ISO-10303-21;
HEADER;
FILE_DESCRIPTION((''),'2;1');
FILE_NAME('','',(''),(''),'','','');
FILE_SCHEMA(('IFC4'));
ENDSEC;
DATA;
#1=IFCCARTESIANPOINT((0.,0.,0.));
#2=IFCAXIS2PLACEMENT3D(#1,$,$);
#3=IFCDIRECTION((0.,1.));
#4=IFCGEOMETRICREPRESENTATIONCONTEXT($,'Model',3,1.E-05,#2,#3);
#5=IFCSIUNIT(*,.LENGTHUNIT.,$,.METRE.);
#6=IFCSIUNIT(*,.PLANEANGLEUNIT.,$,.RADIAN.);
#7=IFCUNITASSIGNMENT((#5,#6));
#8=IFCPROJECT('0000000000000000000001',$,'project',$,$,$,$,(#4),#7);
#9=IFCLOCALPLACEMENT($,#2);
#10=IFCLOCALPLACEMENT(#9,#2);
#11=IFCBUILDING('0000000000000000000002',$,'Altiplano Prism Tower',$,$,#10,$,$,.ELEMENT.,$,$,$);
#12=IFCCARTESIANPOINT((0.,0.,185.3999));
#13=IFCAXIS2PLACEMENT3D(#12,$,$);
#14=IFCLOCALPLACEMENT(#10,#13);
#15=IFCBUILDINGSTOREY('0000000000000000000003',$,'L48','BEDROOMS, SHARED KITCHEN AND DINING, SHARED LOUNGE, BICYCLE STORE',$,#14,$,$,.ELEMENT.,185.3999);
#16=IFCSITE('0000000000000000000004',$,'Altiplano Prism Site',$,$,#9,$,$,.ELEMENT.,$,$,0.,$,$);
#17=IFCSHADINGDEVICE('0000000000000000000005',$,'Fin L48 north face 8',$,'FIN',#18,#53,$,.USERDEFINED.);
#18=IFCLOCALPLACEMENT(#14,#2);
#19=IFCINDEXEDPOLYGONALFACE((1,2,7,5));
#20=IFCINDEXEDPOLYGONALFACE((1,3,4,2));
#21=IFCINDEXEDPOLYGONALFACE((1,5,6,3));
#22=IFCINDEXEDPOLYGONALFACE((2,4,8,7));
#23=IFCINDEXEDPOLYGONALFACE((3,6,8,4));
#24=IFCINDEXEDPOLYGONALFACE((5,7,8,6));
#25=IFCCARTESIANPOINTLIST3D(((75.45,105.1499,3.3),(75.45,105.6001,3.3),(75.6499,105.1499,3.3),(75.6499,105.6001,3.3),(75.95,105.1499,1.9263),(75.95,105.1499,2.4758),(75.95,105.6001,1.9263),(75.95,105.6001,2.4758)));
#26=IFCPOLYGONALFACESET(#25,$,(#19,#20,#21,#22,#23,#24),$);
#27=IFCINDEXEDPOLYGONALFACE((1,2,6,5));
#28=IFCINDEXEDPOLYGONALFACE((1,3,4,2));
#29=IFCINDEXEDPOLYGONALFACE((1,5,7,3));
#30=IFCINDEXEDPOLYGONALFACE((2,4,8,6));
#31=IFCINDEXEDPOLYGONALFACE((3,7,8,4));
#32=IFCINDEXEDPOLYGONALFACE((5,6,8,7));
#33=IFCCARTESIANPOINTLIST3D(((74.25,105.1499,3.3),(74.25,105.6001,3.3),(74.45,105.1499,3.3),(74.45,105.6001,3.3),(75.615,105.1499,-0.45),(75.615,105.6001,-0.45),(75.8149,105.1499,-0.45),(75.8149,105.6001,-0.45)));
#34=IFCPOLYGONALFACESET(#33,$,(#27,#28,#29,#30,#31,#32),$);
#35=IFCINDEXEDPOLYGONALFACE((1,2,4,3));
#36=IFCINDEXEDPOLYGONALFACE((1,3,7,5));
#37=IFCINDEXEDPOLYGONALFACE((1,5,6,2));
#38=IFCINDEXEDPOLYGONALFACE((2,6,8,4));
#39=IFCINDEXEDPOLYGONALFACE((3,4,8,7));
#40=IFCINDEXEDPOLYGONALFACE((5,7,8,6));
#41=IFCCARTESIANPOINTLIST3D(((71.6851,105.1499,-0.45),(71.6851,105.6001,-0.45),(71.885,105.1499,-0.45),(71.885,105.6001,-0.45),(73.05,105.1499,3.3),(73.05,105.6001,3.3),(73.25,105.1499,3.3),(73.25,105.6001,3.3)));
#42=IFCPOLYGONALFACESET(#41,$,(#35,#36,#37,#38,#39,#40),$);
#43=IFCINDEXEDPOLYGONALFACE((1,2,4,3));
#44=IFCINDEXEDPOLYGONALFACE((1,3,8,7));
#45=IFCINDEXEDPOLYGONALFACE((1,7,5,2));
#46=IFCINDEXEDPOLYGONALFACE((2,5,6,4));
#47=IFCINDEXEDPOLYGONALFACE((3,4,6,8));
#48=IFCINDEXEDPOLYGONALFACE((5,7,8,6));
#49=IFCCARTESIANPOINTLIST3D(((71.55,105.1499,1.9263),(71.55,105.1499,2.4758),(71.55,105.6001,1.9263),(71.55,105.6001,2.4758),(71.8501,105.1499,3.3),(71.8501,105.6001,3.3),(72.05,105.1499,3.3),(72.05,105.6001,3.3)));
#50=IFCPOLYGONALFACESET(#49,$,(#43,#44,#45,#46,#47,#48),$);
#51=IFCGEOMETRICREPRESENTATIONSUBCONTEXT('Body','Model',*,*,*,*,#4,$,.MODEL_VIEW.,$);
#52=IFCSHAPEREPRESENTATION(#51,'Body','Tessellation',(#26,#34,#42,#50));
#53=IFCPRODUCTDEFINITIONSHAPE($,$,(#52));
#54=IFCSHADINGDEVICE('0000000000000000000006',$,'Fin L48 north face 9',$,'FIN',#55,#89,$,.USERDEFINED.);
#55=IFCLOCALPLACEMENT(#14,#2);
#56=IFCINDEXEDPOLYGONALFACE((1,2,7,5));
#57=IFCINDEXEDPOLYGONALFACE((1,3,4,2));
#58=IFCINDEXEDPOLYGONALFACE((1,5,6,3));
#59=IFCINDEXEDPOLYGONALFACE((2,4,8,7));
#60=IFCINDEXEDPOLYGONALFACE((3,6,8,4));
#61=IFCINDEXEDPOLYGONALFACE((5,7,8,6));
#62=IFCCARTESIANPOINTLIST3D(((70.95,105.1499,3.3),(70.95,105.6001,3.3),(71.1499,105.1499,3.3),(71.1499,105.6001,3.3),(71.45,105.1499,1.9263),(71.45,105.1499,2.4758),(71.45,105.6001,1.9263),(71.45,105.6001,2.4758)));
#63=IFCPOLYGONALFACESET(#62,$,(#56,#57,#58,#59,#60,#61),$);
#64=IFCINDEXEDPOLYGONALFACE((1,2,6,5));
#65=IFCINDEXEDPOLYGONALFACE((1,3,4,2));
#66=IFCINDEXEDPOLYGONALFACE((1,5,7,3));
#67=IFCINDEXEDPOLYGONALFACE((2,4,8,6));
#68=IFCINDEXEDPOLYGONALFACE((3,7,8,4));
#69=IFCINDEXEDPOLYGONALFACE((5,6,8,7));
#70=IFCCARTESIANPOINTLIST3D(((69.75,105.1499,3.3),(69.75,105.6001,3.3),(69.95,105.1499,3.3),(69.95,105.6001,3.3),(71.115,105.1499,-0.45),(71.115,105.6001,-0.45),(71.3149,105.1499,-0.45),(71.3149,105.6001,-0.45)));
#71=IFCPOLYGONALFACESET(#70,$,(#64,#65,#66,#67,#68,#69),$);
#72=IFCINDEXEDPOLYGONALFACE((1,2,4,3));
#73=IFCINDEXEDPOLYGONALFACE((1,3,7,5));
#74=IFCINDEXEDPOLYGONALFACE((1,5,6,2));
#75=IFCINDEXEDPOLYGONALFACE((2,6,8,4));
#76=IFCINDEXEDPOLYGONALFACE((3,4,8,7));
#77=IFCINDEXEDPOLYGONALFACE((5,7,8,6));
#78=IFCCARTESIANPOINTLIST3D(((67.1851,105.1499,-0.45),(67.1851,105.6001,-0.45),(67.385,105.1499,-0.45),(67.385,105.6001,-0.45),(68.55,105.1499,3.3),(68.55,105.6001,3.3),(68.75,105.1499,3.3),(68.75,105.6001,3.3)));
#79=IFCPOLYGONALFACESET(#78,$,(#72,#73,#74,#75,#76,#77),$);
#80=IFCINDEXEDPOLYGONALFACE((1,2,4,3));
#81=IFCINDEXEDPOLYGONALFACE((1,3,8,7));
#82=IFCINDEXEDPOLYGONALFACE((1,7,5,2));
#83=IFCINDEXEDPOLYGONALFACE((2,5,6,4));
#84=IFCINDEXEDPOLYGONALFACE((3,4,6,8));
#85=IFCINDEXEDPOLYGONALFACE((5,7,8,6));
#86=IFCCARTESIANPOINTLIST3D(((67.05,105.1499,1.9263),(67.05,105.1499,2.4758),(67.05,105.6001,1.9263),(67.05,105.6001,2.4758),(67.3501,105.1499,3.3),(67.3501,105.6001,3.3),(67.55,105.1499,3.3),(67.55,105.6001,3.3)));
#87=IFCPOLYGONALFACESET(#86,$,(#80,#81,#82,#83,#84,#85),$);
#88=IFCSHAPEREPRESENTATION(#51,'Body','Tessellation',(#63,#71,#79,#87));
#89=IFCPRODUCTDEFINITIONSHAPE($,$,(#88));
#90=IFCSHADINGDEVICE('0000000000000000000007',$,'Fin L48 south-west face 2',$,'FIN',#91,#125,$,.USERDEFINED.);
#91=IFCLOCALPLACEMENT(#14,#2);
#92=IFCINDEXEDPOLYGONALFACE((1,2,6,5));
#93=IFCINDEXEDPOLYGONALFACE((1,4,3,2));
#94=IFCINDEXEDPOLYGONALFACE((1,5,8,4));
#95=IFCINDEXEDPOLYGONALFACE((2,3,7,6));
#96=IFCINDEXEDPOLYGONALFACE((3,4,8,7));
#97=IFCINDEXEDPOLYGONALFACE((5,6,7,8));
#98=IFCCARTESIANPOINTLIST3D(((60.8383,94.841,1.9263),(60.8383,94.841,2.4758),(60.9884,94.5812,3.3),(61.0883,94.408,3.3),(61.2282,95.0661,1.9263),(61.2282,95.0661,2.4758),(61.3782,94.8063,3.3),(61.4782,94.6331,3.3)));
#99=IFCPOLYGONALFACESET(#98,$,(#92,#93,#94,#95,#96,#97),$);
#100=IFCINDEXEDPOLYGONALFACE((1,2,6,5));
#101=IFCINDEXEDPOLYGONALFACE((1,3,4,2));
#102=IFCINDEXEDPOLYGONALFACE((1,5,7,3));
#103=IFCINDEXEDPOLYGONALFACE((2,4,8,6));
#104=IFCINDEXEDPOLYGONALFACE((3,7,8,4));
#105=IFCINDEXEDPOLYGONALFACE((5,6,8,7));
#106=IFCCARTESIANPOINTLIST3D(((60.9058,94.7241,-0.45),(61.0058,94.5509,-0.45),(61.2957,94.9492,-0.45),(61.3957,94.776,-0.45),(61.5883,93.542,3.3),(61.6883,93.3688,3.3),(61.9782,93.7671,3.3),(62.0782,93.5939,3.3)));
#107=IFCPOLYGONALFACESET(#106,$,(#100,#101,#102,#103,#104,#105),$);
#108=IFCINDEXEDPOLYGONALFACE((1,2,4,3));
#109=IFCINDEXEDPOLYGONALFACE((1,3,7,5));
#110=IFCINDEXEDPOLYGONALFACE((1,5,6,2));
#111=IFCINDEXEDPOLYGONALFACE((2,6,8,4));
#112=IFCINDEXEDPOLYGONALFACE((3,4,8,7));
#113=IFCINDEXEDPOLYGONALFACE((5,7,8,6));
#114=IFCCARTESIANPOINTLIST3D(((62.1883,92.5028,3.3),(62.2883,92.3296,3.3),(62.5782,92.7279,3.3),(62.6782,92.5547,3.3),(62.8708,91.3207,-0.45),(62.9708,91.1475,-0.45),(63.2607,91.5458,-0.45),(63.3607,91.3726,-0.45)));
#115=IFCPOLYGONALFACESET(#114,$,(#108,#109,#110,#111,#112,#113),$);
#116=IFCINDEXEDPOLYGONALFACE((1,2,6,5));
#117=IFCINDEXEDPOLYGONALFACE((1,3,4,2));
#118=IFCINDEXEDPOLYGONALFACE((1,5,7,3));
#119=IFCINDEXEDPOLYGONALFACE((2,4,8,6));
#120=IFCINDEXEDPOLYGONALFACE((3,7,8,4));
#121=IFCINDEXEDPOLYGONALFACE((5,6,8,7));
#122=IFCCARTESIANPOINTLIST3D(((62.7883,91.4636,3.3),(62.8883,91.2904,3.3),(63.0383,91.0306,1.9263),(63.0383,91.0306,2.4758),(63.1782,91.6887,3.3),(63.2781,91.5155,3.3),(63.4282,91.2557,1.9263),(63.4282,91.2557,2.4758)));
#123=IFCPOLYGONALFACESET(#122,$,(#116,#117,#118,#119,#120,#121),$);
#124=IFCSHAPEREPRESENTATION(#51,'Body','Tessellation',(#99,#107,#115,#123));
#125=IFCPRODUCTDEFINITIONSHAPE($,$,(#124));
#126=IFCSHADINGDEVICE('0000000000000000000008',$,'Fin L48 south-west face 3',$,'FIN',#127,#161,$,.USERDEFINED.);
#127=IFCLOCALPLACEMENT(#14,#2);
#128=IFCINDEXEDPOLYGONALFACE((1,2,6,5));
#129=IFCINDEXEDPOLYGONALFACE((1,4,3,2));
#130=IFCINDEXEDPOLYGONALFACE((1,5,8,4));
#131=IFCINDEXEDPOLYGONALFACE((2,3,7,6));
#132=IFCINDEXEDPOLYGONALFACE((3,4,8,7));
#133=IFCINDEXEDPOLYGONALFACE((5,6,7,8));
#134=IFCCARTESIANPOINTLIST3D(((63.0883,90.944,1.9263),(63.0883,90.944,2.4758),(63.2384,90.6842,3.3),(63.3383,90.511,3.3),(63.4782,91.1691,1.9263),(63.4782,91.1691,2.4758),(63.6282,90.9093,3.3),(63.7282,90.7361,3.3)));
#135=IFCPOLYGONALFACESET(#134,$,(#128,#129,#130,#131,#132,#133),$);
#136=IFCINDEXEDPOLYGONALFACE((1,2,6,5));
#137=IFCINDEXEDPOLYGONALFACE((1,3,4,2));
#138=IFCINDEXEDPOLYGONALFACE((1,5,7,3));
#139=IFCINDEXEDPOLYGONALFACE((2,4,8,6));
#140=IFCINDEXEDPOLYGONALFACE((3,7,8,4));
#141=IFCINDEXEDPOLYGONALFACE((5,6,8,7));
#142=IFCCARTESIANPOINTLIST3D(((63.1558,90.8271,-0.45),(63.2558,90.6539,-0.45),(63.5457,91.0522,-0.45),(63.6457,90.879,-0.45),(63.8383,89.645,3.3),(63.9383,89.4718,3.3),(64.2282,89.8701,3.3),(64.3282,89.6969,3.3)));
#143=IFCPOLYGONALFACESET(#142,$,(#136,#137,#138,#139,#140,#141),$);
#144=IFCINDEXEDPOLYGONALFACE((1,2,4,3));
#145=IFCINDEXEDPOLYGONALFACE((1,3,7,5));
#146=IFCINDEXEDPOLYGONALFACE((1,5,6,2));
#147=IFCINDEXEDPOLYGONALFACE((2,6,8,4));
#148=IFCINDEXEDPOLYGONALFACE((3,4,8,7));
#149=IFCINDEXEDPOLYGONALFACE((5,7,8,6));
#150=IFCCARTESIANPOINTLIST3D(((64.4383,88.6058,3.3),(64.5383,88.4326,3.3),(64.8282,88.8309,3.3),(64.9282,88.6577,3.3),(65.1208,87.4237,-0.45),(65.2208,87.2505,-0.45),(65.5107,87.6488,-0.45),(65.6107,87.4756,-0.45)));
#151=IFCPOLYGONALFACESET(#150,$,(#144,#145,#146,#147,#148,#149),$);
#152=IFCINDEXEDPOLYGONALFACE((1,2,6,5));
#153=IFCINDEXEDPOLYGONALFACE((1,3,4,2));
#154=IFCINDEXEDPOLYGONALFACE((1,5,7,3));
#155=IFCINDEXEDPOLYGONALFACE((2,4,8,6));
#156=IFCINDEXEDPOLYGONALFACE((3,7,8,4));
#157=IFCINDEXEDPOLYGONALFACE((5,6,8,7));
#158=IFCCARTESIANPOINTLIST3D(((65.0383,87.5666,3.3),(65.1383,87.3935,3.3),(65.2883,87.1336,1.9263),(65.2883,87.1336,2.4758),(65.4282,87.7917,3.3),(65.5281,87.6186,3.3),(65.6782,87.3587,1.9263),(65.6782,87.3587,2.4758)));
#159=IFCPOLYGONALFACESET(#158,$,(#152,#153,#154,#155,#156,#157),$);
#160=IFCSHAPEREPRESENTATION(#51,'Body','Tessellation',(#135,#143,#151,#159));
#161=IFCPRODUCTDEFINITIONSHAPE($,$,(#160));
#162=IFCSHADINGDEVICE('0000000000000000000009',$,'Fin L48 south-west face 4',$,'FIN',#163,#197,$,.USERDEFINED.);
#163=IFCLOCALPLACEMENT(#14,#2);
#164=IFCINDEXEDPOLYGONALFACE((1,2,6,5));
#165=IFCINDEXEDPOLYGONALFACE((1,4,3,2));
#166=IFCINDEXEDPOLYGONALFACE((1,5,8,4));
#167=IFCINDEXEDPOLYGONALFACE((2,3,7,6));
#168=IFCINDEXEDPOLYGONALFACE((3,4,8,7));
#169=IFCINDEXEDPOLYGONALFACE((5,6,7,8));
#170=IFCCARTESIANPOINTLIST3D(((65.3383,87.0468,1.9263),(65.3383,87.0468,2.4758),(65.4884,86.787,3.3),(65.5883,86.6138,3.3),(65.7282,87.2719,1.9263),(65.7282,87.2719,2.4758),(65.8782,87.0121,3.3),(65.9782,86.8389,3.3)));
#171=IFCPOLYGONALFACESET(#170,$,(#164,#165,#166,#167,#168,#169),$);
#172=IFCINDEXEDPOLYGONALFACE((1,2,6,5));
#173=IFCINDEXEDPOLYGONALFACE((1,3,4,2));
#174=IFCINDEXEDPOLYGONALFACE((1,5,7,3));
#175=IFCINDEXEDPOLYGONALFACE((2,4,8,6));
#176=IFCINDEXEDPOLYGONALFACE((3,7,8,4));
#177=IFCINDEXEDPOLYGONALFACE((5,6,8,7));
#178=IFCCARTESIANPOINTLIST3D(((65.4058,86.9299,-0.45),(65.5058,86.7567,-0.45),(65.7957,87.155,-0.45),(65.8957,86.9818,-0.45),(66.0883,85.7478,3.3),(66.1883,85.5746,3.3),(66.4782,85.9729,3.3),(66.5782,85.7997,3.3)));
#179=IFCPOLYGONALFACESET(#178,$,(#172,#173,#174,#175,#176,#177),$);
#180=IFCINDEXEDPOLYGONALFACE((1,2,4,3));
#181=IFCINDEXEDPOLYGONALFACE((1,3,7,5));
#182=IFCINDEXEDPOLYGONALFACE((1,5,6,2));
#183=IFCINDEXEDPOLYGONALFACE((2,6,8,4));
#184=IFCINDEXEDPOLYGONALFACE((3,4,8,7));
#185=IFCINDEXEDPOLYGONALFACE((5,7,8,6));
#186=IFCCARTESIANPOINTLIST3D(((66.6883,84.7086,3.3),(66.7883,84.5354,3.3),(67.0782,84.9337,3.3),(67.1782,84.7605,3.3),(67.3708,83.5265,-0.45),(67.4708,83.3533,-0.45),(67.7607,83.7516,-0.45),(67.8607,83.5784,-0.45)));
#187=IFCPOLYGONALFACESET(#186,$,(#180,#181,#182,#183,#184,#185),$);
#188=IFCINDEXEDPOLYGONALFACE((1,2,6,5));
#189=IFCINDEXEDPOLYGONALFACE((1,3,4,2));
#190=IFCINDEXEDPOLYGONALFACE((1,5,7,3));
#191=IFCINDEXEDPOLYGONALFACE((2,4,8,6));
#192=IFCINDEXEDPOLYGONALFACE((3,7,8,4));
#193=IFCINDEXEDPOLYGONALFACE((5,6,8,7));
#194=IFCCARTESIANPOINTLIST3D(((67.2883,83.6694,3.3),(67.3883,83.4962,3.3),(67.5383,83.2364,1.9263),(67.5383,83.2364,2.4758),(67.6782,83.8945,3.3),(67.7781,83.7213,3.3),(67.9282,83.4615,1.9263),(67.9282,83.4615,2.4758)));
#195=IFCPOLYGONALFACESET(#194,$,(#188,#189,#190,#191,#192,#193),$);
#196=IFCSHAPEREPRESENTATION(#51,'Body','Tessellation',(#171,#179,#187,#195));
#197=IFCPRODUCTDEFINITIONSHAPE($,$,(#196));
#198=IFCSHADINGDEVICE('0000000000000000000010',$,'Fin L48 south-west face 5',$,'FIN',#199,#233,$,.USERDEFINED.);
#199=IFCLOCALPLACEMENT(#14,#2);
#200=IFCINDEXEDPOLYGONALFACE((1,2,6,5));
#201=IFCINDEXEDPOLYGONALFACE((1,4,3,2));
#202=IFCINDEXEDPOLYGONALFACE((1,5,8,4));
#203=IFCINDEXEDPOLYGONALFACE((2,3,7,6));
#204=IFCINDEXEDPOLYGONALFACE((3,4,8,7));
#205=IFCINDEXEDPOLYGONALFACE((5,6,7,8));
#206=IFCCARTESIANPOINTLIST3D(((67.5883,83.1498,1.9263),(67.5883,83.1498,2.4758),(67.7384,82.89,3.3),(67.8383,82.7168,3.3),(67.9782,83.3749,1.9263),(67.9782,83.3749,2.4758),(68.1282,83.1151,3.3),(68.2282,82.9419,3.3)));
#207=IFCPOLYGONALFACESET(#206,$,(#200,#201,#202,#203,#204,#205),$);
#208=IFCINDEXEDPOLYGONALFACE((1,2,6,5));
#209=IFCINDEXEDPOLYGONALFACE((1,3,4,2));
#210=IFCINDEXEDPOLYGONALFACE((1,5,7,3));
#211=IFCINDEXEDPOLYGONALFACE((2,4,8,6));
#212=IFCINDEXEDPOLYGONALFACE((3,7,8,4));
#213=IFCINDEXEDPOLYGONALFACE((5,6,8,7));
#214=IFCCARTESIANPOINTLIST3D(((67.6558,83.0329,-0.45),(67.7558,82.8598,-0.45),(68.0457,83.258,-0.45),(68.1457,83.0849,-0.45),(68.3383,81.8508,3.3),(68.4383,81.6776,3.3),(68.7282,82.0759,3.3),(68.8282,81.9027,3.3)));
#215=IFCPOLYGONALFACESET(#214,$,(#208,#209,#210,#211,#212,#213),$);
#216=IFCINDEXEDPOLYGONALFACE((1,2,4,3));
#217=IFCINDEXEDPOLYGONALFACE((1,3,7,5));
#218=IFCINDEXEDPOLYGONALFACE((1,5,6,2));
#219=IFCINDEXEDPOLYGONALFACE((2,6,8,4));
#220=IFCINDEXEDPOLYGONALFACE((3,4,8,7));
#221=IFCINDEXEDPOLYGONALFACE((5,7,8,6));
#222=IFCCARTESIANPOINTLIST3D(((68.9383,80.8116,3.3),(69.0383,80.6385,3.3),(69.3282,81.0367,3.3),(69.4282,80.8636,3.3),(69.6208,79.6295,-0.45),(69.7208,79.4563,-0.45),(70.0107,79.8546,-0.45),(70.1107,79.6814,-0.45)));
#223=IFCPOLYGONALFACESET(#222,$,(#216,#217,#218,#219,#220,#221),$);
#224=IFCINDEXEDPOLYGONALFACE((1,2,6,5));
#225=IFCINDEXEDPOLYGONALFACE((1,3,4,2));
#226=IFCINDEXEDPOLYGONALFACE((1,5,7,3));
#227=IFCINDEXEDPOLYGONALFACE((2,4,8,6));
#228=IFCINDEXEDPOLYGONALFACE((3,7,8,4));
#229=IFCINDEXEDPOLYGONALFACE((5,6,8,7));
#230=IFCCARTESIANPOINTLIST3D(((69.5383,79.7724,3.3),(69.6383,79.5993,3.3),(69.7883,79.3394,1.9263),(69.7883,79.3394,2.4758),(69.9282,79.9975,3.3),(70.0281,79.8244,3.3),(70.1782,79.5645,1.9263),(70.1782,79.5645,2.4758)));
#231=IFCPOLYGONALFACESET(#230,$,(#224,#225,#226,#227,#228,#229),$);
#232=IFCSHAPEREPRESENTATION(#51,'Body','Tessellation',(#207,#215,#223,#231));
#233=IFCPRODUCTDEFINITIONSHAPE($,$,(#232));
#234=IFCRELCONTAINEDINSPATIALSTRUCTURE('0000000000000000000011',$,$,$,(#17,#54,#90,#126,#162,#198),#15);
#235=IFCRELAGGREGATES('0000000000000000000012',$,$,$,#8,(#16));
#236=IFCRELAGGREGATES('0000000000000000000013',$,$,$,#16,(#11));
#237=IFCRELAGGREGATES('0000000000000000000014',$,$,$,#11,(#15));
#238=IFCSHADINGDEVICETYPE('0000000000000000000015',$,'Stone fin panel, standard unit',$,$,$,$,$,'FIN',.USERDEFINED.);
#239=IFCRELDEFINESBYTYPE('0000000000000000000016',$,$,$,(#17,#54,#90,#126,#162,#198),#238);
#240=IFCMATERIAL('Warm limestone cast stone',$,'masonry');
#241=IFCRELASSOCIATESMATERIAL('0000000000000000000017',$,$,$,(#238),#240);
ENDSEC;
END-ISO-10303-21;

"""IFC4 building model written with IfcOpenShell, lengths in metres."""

from ifc_helpers import new_model, si_unit, direction, frame, origin, place, context, subcontext, project, spatial, polyline, outline, extrude, source, transform, mapped, material, type_object, element, save


model = new_model("IFC4")

# Units and contexts
model_context = context("Model", 3, precision=1e-05, world=origin(), true_north=direction((0.0, 1.0)))
body_context = subcontext(model_context, "Body", "Model", "MODEL_VIEW")
ifc_project = project(units=[si_unit("LENGTHUNIT", "METRE"), si_unit("PLANEANGLEUNIT", "RADIAN")], contexts=[model_context])

# Site, building, storey
site_placement = place(None, origin())
site = spatial("IfcSite", under=ifc_project, at=site_placement, Name="Altiplano Prism Site", CompositionType="ELEMENT", RefElevation=0.0)
building_placement = place(site_placement, origin())
building = spatial("IfcBuilding", under=site, at=building_placement, Name="Altiplano Prism Tower", CompositionType="ELEMENT")
storey_placement = place(building_placement, frame((0.0, 0.0, 185.3999)))
storey = spatial("IfcBuildingStorey", under=building, at=storey_placement, Name="L48", Description="BEDROOMS, SHARED KITCHEN AND DINING, SHARED LOUNGE, BICYCLE STORE", CompositionType="ELEMENT", Elevation=185.3999)

# Shading devices
ifc_material_1 = material(Name="Warm limestone cast stone", Category="masonry")
shading_device_type_1 = type_object("IfcShadingDeviceType", Name="Stone fin panel, standard unit", ElementType="FIN", PredefinedType="USERDEFINED", material=ifc_material_1)
shared_shape_1 = source(origin(), body_context, "Body", "SweptSolid", [
    extrude(outline(polyline([(-2.2, 2.3762), (-1.7, 3.75), (-1.8999, 3.75), (-2.2, 2.9258), (-2.2, 2.3762)])), frame((0.0, -0.1499, 0.0), z_axis=(0.0, -1.0, 0.0), x_axis=(1.0, 0.0, 0.0)), (0.0, 0.0, 1.0), 0.4502),
    extrude(outline(polyline([(-2.0649, 0.0), (-1.865, 0.0), (-0.5, 3.75), (-0.7, 3.75), (-2.0649, 0.0)])), frame((0.0, -0.1499, 0.0), z_axis=(0.0, -1.0, 0.0), x_axis=(1.0, 0.0, 0.0)), (0.0, 0.0, 1.0), 0.4502),
    extrude(outline(polyline([(1.865, 0.0), (2.0649, 0.0), (0.7, 3.75), (0.5, 3.75), (1.865, 0.0)])), frame((0.0, -0.1499, 0.0), z_axis=(0.0, -1.0, 0.0), x_axis=(1.0, 0.0, 0.0)), (0.0, 0.0, 1.0), 0.4502),
    extrude(outline(polyline([(2.2, 2.9258), (1.8999, 3.75), (1.7, 3.75), (2.2, 2.3762), (2.2, 2.9258)])), frame((0.0, -0.1499, 0.0), z_axis=(0.0, -1.0, 0.0), x_axis=(1.0, 0.0, 0.0)), (0.0, 0.0, 1.0), 0.4502),
])
shading_device_1_placement = place(storey_placement, origin())
element("IfcShadingDevice", 1, at=shading_device_1_placement, inside=storey, type_object=shading_device_type_1, Name="Fin L48 north face 8", ObjectType="FIN", PredefinedType="USERDEFINED", context=body_context, shape_type="MappedRepresentation", body=[
    mapped(shared_shape_1, transform((73.75, 105.0, -0.45), x_axis=(-1.0, 0.0, 0.0), y_axis=(0.0, -1.0, 0.0), z_axis=(0.0, 0.0, 1.0))),
])
shading_device_2_placement = place(storey_placement, origin())
element("IfcShadingDevice", 2, at=shading_device_2_placement, inside=storey, type_object=shading_device_type_1, Name="Fin L48 north face 9", ObjectType="FIN", PredefinedType="USERDEFINED", context=body_context, shape_type="MappedRepresentation", body=[
    mapped(shared_shape_1, transform((69.25, 105.0, -0.45), x_axis=(-1.0, 0.0, 0.0), y_axis=(0.0, -1.0, 0.0), z_axis=(0.0, 0.0, 1.0))),
])
shading_device_3_placement = place(storey_placement, origin())
element("IfcShadingDevice", 3, at=shading_device_3_placement, inside=storey, type_object=shading_device_type_1, Name="Fin L48 south-west face 2", ObjectType="FIN", PredefinedType="USERDEFINED", context=body_context, shape_type="MappedRepresentation", body=[
    mapped(shared_shape_1, transform((62.458, 93.2358, -0.45), x_axis=(0.5, -0.866025, 0.0), y_axis=(0.866025, 0.5, 0.0), z_axis=(0.0, 0.0, 1.0))),
])
shading_device_4_placement = place(storey_placement, origin())
element("IfcShadingDevice", 4, at=shading_device_4_placement, inside=storey, type_object=shading_device_type_1, Name="Fin L48 south-west face 3", ObjectType="FIN", PredefinedType="USERDEFINED", context=body_context, shape_type="MappedRepresentation", body=[
    mapped(shared_shape_1, transform((64.708, 89.3389, -0.45), x_axis=(0.5, -0.866025, 0.0), y_axis=(0.866025, 0.5, 0.0), z_axis=(0.0, 0.0, 1.0))),
])
shading_device_5_placement = place(storey_placement, origin())
element("IfcShadingDevice", 5, at=shading_device_5_placement, inside=storey, type_object=shading_device_type_1, Name="Fin L48 south-west face 4", ObjectType="FIN", PredefinedType="USERDEFINED", context=body_context, shape_type="MappedRepresentation", body=[
    mapped(shared_shape_1, transform((66.958, 85.4417, -0.45), x_axis=(0.5, -0.866025, 0.0), y_axis=(0.866025, 0.5, 0.0), z_axis=(0.0, 0.0, 1.0))),
])
shading_device_6_placement = place(storey_placement, origin())
element("IfcShadingDevice", 6, at=shading_device_6_placement, inside=storey, type_object=shading_device_type_1, Name="Fin L48 south-west face 5", ObjectType="FIN", PredefinedType="USERDEFINED", context=body_context, shape_type="MappedRepresentation", body=[
    mapped(shared_shape_1, transform((69.208, 81.5447, -0.45), x_axis=(0.5, -0.866025, 0.0), y_axis=(0.866025, 0.5, 0.0), z_axis=(0.0, 0.0, 1.0))),
])

save(model, "model.ifc")
